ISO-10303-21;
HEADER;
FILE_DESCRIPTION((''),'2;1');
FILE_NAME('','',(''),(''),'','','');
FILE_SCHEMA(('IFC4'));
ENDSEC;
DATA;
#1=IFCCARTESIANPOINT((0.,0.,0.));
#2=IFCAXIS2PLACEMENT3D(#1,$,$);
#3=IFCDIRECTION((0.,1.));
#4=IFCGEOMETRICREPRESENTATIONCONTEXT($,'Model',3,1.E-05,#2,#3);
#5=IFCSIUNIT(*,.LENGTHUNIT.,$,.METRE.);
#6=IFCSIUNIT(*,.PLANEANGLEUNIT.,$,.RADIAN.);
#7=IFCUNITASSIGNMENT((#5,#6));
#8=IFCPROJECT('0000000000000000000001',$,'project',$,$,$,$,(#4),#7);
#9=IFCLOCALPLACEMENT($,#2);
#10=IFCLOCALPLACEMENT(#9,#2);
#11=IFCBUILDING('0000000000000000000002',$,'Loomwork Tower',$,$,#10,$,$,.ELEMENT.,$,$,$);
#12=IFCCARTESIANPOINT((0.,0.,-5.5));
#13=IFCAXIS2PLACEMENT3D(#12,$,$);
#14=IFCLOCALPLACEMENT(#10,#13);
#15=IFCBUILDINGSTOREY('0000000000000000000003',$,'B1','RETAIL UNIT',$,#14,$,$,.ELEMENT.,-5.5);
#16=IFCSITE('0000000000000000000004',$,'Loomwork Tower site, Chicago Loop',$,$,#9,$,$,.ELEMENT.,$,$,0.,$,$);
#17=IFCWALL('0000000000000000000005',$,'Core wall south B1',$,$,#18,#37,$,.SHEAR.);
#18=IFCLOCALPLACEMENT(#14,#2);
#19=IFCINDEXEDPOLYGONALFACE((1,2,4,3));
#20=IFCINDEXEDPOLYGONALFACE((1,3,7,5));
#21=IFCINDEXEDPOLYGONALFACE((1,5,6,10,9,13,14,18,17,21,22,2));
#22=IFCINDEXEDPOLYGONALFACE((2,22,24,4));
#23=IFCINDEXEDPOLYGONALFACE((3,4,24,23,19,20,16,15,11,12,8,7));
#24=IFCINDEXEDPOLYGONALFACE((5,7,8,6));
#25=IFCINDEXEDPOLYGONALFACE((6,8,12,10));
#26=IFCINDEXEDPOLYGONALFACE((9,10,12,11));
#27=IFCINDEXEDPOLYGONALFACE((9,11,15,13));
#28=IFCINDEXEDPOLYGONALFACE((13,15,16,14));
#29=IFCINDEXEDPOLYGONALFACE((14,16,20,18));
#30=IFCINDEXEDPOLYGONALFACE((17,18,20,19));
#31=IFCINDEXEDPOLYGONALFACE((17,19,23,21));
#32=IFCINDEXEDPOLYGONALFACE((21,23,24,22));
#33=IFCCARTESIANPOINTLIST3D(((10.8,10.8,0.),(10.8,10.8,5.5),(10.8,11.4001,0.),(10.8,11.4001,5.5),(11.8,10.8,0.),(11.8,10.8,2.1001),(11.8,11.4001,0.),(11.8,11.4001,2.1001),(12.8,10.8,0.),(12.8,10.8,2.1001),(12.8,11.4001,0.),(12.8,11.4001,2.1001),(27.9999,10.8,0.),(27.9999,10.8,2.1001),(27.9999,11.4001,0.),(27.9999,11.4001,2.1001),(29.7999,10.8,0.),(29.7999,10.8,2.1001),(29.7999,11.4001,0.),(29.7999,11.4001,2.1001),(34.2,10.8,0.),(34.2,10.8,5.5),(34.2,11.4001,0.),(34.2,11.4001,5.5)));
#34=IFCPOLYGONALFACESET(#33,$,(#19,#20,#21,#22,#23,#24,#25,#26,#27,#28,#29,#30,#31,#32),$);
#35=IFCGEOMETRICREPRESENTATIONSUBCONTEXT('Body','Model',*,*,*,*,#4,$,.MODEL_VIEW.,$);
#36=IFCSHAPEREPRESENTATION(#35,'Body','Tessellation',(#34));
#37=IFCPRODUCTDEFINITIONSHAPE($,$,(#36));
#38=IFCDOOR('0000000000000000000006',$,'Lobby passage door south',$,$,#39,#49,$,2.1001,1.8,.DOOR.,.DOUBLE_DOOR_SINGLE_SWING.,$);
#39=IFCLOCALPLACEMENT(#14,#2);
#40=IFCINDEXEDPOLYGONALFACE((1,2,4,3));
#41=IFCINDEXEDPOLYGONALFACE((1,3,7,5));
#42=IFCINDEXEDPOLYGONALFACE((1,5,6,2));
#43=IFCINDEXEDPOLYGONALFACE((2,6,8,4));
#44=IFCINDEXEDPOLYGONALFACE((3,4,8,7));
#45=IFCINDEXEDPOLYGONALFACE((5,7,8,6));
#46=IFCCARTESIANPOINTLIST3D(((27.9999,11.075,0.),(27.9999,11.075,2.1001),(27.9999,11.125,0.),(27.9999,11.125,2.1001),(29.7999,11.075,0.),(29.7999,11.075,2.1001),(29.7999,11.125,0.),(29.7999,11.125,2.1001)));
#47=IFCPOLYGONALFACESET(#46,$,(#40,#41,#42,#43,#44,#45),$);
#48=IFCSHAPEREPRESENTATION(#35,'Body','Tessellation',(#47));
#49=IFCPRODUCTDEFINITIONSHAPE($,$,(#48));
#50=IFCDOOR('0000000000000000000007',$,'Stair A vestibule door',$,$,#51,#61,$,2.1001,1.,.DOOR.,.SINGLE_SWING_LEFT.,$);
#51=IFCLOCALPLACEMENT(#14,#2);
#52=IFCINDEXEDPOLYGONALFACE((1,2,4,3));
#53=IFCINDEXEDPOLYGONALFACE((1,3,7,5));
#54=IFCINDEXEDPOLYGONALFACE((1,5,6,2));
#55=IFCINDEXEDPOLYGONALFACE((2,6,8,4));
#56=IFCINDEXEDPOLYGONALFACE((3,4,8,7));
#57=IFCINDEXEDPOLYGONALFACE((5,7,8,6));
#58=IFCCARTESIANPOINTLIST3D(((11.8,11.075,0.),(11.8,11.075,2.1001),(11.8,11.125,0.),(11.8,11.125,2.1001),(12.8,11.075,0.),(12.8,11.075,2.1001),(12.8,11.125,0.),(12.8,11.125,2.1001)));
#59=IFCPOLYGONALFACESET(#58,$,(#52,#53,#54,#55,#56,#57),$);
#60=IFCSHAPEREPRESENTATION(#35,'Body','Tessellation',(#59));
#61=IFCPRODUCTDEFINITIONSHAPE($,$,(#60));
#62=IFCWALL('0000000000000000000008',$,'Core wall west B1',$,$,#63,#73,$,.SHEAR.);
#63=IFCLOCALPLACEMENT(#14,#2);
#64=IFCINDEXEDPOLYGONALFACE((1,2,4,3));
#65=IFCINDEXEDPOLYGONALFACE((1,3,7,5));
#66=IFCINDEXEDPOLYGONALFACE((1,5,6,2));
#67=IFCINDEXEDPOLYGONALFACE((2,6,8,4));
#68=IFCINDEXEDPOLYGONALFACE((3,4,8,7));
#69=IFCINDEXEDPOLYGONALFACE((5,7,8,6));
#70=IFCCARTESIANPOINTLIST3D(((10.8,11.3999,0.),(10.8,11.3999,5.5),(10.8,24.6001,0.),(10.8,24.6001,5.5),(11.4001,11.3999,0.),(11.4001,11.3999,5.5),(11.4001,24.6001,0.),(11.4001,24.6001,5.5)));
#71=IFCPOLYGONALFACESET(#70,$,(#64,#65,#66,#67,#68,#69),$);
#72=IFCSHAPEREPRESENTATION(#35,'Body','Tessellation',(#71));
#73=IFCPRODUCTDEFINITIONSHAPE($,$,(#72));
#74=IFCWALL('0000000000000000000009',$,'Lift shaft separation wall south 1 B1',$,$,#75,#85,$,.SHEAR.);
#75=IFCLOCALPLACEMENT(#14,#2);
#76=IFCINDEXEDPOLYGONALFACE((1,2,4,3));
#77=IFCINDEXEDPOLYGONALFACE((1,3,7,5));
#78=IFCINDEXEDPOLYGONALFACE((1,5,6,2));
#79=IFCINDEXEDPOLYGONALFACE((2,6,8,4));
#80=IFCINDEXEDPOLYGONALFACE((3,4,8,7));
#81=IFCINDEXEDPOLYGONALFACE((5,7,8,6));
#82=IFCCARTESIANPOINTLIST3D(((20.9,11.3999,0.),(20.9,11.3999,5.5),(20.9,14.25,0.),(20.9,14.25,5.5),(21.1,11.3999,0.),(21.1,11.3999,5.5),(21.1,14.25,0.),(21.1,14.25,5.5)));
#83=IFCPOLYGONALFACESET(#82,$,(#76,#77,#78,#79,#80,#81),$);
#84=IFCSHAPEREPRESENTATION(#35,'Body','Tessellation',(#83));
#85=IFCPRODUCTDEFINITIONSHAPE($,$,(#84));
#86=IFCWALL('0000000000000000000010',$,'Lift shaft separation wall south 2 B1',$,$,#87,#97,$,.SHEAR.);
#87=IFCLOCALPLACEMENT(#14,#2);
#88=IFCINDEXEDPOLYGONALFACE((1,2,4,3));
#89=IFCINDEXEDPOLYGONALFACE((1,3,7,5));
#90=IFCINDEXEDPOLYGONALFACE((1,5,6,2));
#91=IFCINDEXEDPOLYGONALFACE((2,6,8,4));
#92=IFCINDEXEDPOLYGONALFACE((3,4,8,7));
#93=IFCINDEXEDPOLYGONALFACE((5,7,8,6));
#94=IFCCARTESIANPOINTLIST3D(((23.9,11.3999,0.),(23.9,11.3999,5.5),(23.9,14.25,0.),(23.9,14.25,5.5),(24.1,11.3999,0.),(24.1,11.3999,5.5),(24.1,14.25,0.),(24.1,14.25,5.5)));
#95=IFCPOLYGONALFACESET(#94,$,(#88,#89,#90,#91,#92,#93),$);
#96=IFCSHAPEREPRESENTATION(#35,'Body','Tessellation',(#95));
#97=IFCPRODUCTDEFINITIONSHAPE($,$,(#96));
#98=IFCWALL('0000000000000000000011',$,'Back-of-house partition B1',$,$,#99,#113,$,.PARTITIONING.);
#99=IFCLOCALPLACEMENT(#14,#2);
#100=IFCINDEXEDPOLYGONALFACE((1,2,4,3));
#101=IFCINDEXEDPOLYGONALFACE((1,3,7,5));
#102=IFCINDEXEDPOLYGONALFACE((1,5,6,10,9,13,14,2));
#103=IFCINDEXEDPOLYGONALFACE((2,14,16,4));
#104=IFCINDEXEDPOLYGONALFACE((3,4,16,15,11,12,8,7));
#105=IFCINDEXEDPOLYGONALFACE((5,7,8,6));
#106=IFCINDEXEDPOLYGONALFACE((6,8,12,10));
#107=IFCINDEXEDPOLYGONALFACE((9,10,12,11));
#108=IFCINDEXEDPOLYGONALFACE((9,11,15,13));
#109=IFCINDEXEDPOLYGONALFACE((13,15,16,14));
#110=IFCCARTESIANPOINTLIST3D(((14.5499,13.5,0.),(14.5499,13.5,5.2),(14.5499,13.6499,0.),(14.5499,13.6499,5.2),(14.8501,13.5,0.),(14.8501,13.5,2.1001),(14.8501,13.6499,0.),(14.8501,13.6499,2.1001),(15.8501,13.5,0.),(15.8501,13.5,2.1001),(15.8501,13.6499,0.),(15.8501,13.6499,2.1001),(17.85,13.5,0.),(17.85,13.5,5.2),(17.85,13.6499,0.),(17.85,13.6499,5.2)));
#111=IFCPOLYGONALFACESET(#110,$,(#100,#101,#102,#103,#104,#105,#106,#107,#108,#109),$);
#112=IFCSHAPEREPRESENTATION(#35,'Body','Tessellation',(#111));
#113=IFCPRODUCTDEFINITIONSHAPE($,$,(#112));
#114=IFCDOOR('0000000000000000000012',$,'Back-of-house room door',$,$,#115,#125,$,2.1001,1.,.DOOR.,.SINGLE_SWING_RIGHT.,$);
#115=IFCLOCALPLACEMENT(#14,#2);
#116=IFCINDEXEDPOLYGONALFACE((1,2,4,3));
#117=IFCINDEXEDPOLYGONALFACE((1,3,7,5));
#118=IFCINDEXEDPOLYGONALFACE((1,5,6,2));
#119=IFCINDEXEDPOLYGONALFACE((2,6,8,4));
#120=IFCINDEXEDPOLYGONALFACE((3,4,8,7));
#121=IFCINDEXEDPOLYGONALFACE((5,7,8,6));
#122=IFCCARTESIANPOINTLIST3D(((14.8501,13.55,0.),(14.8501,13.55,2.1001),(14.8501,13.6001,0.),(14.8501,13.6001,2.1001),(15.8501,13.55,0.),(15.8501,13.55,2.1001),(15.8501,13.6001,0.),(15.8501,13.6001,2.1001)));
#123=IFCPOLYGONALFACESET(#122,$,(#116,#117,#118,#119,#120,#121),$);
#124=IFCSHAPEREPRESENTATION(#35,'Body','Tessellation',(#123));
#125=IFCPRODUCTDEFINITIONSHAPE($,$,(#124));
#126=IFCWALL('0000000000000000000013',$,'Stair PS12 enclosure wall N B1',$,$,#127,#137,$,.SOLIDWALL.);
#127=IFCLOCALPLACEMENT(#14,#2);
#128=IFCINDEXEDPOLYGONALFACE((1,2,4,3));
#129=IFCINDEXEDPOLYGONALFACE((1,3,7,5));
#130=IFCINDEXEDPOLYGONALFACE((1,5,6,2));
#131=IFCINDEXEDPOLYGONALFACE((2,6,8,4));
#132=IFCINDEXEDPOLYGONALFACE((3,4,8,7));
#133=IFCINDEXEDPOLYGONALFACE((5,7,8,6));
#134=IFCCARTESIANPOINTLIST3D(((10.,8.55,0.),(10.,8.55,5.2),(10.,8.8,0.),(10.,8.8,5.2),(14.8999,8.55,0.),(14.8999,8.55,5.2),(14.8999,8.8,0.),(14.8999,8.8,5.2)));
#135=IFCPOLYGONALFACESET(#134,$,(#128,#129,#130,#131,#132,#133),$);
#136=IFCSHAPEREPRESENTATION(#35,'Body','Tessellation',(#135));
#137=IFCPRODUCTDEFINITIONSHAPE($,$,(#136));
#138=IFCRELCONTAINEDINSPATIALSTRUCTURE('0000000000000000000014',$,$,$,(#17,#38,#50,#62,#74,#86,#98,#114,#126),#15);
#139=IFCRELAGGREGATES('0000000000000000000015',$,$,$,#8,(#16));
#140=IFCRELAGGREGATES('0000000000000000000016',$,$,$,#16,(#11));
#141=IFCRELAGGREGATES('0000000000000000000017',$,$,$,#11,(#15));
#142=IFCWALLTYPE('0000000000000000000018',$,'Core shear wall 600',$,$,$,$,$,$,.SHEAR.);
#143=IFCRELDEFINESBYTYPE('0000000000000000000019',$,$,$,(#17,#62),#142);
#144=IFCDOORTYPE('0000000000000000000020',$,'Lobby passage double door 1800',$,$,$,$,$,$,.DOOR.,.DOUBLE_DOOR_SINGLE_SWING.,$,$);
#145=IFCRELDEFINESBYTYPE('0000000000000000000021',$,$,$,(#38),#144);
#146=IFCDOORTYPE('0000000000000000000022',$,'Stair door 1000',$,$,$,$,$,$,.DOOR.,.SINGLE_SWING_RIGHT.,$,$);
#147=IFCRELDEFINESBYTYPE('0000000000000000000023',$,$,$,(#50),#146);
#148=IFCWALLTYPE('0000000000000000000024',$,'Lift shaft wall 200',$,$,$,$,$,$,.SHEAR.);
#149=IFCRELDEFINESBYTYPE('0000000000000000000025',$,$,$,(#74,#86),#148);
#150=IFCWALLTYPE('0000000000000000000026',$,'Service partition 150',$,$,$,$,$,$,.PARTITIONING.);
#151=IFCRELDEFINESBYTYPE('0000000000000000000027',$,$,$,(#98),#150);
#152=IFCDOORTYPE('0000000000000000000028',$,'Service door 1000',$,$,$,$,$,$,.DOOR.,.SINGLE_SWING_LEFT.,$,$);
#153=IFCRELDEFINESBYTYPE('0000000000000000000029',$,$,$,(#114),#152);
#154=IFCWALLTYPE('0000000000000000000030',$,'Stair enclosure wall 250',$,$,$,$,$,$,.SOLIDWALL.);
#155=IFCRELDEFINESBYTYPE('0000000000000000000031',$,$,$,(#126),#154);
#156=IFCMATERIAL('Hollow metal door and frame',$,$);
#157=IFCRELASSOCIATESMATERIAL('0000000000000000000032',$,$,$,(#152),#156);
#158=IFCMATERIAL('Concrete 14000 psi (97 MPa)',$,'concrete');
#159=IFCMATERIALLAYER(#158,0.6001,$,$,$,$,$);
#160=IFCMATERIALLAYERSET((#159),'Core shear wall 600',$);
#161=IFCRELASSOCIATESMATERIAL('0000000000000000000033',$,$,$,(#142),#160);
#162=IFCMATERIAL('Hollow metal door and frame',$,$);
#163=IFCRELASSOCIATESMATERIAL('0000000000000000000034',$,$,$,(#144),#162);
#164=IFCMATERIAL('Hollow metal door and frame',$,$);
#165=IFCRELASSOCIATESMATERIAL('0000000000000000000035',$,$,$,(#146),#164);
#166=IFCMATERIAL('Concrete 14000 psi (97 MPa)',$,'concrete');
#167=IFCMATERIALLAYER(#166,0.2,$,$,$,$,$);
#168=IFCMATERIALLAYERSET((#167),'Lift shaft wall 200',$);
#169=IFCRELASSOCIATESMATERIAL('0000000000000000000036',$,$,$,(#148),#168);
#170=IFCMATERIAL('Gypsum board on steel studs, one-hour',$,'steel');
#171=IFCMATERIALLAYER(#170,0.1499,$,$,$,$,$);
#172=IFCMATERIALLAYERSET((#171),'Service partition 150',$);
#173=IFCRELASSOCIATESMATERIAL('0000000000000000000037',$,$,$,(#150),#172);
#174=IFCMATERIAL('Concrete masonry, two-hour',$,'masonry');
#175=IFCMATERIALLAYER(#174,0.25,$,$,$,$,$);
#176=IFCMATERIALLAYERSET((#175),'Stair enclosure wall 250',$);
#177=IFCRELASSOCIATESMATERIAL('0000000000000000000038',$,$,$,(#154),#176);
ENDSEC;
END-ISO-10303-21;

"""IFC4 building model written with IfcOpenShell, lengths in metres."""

from ifc_helpers import new_model, si_unit, direction, frame, frame_2d, origin, place, context, subcontext, project, spatial, rectangle, extrude, material, layer, layer_set, type_object, element, fill, save


model = new_model("IFC4")

# Units and contexts
model_context = context("Model", 3, precision=1e-05, world=origin(), true_north=direction((0.0, 1.0)))
body_context = subcontext(model_context, "Body", "Model", "MODEL_VIEW")
ifc_project = project(units=[si_unit("LENGTHUNIT", "METRE"), si_unit("PLANEANGLEUNIT", "RADIAN")], contexts=[model_context])

# Site, building, storey
site_placement = place(None, origin())
site = spatial("IfcSite", under=ifc_project, at=site_placement, Name="Loomwork Tower site, Chicago Loop", CompositionType="ELEMENT", RefElevation=0.0)
building_placement = place(site_placement, origin())
building = spatial("IfcBuilding", under=site, at=building_placement, Name="Loomwork Tower", CompositionType="ELEMENT")
storey_placement = place(building_placement, frame((0.0, 0.0, -5.5)))
storey = spatial("IfcBuildingStorey", under=building, at=storey_placement, Name="B1", Description="RETAIL UNIT", CompositionType="ELEMENT", Elevation=-5.5)

# Wall, openings, doors
ifc_material_1 = material(Name="Hollow metal door and frame")
door_type_1 = type_object("IfcDoorType", Name="Service door 1000", OperationType="SINGLE_SWING_LEFT", PredefinedType="DOOR", material=ifc_material_1)
ifc_material_2 = material(Name="Concrete 14000 psi (97 MPa)", Category="concrete")
ifc_layer_1 = layer(ifc_material_2, 0.6001)
ifc_layer_set_1 = layer_set([ifc_layer_1], Name="Core shear wall 600")
wall_type_1 = type_object("IfcWallType", Name="Core shear wall 600", PredefinedType="SHEAR", material=ifc_layer_set_1)
wall_1_placement = place(storey_placement, frame((10.8, 11.1001, 0.0), z_axis=(0.0, 0.0, 1.0), x_axis=(1.0, 0.0, 0.0)))
wall_1 = element("IfcWall", 1, at=wall_1_placement, inside=storey, type_object=wall_type_1, Name="Core wall south B1", PredefinedType="SHEAR", context=body_context, shape_type="SweptSolid", body=[
    extrude(rectangle(XDim=23.3999, YDim=0.6001, at=frame_2d((11.7, 0.0))), origin(), (0.0, 0.0, 1.0), 5.5),
])
opening_1_placement = place(wall_1_placement, frame((1.0, 0.0, 0.0)))
opening_1 = element("IfcOpeningElement", 2, at=opening_1_placement, cuts=wall_1, PredefinedType="OPENING", context=body_context, shape_type="SweptSolid", body=[
    extrude(rectangle(XDim=1.0, YDim=2.1001, at=frame_2d((0.5, 1.05))), frame((0.0, 0.3101, 0.0), z_axis=(0.0, -1.0, 0.0), x_axis=(1.0, 0.0, 0.0)), (0.0, 0.0, 1.0), 0.6201),
])
opening_2_placement = place(wall_1_placement, frame((17.2, 0.0, 0.0)))
opening_2 = element("IfcOpeningElement", 3, at=opening_2_placement, cuts=wall_1, PredefinedType="OPENING", context=body_context, shape_type="SweptSolid", body=[
    extrude(rectangle(XDim=1.8, YDim=2.1001, at=frame_2d((0.8999, 1.05))), frame((0.0, 0.3101, 0.0), z_axis=(0.0, -1.0, 0.0), x_axis=(1.0, 0.0, 0.0)), (0.0, 0.0, 1.0), 0.6201),
])
ifc_material_3 = material(Name="Hollow metal door and frame")
door_type_2 = type_object("IfcDoorType", Name="Lobby passage double door 1800", OperationType="DOUBLE_DOOR_SINGLE_SWING", PredefinedType="DOOR", material=ifc_material_3)
door_1_placement = place(opening_2_placement, origin())
door_1 = element("IfcDoor", 4, at=door_1_placement, inside=storey, type_object=door_type_2, Name="Lobby passage door south", OperationType="DOUBLE_DOOR_SINGLE_SWING", OverallHeight=2.1001, OverallWidth=1.8, PredefinedType="DOOR", context=body_context, shape_type="SweptSolid", body=[
    extrude(rectangle(XDim=1.8, YDim=2.1001, at=frame_2d((0.8999, 1.05))), frame((0.0, 0.0249, 0.0), z_axis=(0.0, -1.0, 0.0), x_axis=(1.0, 0.0, 0.0)), (0.0, 0.0, 1.0), 0.05),
])
fill(opening_2, door_1)
ifc_material_4 = material(Name="Hollow metal door and frame")
door_type_3 = type_object("IfcDoorType", Name="Stair door 1000", OperationType="SINGLE_SWING_RIGHT", PredefinedType="DOOR", material=ifc_material_4)
door_2_placement = place(opening_1_placement, origin())
door_2 = element("IfcDoor", 5, at=door_2_placement, inside=storey, type_object=door_type_3, Name="Stair A vestibule door", OperationType="SINGLE_SWING_LEFT", OverallHeight=2.1001, OverallWidth=1.0, PredefinedType="DOOR", context=body_context, shape_type="SweptSolid", body=[
    extrude(rectangle(XDim=1.0, YDim=2.1001, at=frame_2d((0.5, 1.05))), frame((0.0, 0.0249, 0.0), z_axis=(0.0, -1.0, 0.0), x_axis=(1.0, 0.0, 0.0)), (0.0, 0.0, 1.0), 0.05),
])
fill(opening_1, door_2)

# Walls
wall_2_placement = place(storey_placement, frame((11.1001, 11.3999, 0.0), z_axis=(0.0, 0.0, 1.0), x_axis=(0.0, 1.0, 0.0)))
element("IfcWall", 6, at=wall_2_placement, inside=storey, type_object=wall_type_1, Name="Core wall west B1", PredefinedType="SHEAR", context=body_context, shape_type="SweptSolid", body=[
    extrude(rectangle(XDim=13.2002, YDim=0.6001, at=frame_2d((6.6001, 0.0))), origin(), (0.0, 0.0, 1.0), 5.5),
])
ifc_material_5 = material(Name="Concrete 14000 psi (97 MPa)", Category="concrete")
ifc_layer_2 = layer(ifc_material_5, 0.2)
ifc_layer_set_2 = layer_set([ifc_layer_2], Name="Lift shaft wall 200")
wall_type_2 = type_object("IfcWallType", Name="Lift shaft wall 200", PredefinedType="SHEAR", material=ifc_layer_set_2)
for number, where, z_axis, x_axis, name in (
    (7, (21.0, 11.3999, 0.0), (0.0, 0.0, 1.0), (0.0, 1.0, 0.0), "Lift shaft separation wall south 1 B1"),
    (8, (24.0, 11.3999, 0.0), (0.0, 0.0, 1.0), (0.0, 1.0, 0.0), "Lift shaft separation wall south 2 B1"),
):
    element("IfcWall", number, at=place(storey_placement, frame(where, z_axis=z_axis, x_axis=x_axis)), inside=storey, type_object=wall_type_2, Name=name, PredefinedType="SHEAR", context=body_context, shape_type="SweptSolid", body=[
        extrude(rectangle(XDim=2.8501, YDim=0.2, at=frame_2d((1.425, 0.0))), origin(), (0.0, 0.0, 1.0), 5.5),
    ])

# Wall, opening, door
ifc_material_6 = material(Name="Gypsum board on steel studs, one-hour", Category="steel")
ifc_layer_3 = layer(ifc_material_6, 0.1499)
ifc_layer_set_3 = layer_set([ifc_layer_3], Name="Service partition 150")
wall_type_3 = type_object("IfcWallType", Name="Service partition 150", PredefinedType="PARTITIONING", material=ifc_layer_set_3)
wall_3_placement = place(storey_placement, frame((14.55, 13.575, 0.0), z_axis=(0.0, 0.0, 1.0), x_axis=(1.0, 0.0, 0.0)))
wall_3 = element("IfcWall", 9, at=wall_3_placement, inside=storey, type_object=wall_type_3, Name="Back-of-house partition B1", PredefinedType="PARTITIONING", context=body_context, shape_type="SweptSolid", body=[
    extrude(rectangle(XDim=3.3, YDim=0.1499, at=frame_2d((1.6499, 0.0))), origin(), (0.0, 0.0, 1.0), 5.2),
])
opening_3_placement = place(wall_3_placement, frame((0.3, 0.0, 0.0)))
opening_3 = element("IfcOpeningElement", 10, at=opening_3_placement, cuts=wall_3, PredefinedType="OPENING", context=body_context, shape_type="SweptSolid", body=[
    extrude(rectangle(XDim=1.0, YDim=2.1001, at=frame_2d((0.5, 1.05))), frame((0.0, 0.085, 0.0), z_axis=(0.0, -1.0, 0.0), x_axis=(1.0, 0.0, 0.0)), (0.0, 0.0, 1.0), 0.1699),
])
door_3_placement = place(opening_3_placement, frame((1.0, 0.0, 0.0), z_axis=(0.0, 0.0, 1.0), x_axis=(-1.0, 0.0, 0.0)))
door_3 = element("IfcDoor", 11, at=door_3_placement, inside=storey, type_object=door_type_1, Name="Back-of-house room door", OperationType="SINGLE_SWING_RIGHT", OverallHeight=2.1001, OverallWidth=1.0, PredefinedType="DOOR", context=body_context, shape_type="SweptSolid", body=[
    extrude(rectangle(XDim=1.0, YDim=2.1001, at=frame_2d((0.5, 1.05))), frame((0.0, 0.0249, 0.0), z_axis=(0.0, -1.0, 0.0), x_axis=(1.0, 0.0, 0.0)), (0.0, 0.0, 1.0), 0.05),
])
fill(opening_3, door_3)

# Wall
ifc_material_7 = material(Name="Concrete masonry, two-hour", Category="masonry")
ifc_layer_4 = layer(ifc_material_7, 0.25)
ifc_layer_set_4 = layer_set([ifc_layer_4], Name="Stair enclosure wall 250")
wall_type_4 = type_object("IfcWallType", Name="Stair enclosure wall 250", PredefinedType="SOLIDWALL", material=ifc_layer_set_4)
wall_4_placement = place(storey_placement, frame((10.0, 8.675, 0.0), z_axis=(0.0, 0.0, 1.0), x_axis=(1.0, 0.0, 0.0)))
element("IfcWall", 12, at=wall_4_placement, inside=storey, type_object=wall_type_4, Name="Stair PS12 enclosure wall N B1", PredefinedType="SOLIDWALL", context=body_context, shape_type="SweptSolid", body=[
    extrude(rectangle(XDim=4.8999, YDim=0.25, at=frame_2d((2.45, 0.0))), origin(), (0.0, 0.0, 1.0), 5.2),
])

save(model, "model.ifc")
